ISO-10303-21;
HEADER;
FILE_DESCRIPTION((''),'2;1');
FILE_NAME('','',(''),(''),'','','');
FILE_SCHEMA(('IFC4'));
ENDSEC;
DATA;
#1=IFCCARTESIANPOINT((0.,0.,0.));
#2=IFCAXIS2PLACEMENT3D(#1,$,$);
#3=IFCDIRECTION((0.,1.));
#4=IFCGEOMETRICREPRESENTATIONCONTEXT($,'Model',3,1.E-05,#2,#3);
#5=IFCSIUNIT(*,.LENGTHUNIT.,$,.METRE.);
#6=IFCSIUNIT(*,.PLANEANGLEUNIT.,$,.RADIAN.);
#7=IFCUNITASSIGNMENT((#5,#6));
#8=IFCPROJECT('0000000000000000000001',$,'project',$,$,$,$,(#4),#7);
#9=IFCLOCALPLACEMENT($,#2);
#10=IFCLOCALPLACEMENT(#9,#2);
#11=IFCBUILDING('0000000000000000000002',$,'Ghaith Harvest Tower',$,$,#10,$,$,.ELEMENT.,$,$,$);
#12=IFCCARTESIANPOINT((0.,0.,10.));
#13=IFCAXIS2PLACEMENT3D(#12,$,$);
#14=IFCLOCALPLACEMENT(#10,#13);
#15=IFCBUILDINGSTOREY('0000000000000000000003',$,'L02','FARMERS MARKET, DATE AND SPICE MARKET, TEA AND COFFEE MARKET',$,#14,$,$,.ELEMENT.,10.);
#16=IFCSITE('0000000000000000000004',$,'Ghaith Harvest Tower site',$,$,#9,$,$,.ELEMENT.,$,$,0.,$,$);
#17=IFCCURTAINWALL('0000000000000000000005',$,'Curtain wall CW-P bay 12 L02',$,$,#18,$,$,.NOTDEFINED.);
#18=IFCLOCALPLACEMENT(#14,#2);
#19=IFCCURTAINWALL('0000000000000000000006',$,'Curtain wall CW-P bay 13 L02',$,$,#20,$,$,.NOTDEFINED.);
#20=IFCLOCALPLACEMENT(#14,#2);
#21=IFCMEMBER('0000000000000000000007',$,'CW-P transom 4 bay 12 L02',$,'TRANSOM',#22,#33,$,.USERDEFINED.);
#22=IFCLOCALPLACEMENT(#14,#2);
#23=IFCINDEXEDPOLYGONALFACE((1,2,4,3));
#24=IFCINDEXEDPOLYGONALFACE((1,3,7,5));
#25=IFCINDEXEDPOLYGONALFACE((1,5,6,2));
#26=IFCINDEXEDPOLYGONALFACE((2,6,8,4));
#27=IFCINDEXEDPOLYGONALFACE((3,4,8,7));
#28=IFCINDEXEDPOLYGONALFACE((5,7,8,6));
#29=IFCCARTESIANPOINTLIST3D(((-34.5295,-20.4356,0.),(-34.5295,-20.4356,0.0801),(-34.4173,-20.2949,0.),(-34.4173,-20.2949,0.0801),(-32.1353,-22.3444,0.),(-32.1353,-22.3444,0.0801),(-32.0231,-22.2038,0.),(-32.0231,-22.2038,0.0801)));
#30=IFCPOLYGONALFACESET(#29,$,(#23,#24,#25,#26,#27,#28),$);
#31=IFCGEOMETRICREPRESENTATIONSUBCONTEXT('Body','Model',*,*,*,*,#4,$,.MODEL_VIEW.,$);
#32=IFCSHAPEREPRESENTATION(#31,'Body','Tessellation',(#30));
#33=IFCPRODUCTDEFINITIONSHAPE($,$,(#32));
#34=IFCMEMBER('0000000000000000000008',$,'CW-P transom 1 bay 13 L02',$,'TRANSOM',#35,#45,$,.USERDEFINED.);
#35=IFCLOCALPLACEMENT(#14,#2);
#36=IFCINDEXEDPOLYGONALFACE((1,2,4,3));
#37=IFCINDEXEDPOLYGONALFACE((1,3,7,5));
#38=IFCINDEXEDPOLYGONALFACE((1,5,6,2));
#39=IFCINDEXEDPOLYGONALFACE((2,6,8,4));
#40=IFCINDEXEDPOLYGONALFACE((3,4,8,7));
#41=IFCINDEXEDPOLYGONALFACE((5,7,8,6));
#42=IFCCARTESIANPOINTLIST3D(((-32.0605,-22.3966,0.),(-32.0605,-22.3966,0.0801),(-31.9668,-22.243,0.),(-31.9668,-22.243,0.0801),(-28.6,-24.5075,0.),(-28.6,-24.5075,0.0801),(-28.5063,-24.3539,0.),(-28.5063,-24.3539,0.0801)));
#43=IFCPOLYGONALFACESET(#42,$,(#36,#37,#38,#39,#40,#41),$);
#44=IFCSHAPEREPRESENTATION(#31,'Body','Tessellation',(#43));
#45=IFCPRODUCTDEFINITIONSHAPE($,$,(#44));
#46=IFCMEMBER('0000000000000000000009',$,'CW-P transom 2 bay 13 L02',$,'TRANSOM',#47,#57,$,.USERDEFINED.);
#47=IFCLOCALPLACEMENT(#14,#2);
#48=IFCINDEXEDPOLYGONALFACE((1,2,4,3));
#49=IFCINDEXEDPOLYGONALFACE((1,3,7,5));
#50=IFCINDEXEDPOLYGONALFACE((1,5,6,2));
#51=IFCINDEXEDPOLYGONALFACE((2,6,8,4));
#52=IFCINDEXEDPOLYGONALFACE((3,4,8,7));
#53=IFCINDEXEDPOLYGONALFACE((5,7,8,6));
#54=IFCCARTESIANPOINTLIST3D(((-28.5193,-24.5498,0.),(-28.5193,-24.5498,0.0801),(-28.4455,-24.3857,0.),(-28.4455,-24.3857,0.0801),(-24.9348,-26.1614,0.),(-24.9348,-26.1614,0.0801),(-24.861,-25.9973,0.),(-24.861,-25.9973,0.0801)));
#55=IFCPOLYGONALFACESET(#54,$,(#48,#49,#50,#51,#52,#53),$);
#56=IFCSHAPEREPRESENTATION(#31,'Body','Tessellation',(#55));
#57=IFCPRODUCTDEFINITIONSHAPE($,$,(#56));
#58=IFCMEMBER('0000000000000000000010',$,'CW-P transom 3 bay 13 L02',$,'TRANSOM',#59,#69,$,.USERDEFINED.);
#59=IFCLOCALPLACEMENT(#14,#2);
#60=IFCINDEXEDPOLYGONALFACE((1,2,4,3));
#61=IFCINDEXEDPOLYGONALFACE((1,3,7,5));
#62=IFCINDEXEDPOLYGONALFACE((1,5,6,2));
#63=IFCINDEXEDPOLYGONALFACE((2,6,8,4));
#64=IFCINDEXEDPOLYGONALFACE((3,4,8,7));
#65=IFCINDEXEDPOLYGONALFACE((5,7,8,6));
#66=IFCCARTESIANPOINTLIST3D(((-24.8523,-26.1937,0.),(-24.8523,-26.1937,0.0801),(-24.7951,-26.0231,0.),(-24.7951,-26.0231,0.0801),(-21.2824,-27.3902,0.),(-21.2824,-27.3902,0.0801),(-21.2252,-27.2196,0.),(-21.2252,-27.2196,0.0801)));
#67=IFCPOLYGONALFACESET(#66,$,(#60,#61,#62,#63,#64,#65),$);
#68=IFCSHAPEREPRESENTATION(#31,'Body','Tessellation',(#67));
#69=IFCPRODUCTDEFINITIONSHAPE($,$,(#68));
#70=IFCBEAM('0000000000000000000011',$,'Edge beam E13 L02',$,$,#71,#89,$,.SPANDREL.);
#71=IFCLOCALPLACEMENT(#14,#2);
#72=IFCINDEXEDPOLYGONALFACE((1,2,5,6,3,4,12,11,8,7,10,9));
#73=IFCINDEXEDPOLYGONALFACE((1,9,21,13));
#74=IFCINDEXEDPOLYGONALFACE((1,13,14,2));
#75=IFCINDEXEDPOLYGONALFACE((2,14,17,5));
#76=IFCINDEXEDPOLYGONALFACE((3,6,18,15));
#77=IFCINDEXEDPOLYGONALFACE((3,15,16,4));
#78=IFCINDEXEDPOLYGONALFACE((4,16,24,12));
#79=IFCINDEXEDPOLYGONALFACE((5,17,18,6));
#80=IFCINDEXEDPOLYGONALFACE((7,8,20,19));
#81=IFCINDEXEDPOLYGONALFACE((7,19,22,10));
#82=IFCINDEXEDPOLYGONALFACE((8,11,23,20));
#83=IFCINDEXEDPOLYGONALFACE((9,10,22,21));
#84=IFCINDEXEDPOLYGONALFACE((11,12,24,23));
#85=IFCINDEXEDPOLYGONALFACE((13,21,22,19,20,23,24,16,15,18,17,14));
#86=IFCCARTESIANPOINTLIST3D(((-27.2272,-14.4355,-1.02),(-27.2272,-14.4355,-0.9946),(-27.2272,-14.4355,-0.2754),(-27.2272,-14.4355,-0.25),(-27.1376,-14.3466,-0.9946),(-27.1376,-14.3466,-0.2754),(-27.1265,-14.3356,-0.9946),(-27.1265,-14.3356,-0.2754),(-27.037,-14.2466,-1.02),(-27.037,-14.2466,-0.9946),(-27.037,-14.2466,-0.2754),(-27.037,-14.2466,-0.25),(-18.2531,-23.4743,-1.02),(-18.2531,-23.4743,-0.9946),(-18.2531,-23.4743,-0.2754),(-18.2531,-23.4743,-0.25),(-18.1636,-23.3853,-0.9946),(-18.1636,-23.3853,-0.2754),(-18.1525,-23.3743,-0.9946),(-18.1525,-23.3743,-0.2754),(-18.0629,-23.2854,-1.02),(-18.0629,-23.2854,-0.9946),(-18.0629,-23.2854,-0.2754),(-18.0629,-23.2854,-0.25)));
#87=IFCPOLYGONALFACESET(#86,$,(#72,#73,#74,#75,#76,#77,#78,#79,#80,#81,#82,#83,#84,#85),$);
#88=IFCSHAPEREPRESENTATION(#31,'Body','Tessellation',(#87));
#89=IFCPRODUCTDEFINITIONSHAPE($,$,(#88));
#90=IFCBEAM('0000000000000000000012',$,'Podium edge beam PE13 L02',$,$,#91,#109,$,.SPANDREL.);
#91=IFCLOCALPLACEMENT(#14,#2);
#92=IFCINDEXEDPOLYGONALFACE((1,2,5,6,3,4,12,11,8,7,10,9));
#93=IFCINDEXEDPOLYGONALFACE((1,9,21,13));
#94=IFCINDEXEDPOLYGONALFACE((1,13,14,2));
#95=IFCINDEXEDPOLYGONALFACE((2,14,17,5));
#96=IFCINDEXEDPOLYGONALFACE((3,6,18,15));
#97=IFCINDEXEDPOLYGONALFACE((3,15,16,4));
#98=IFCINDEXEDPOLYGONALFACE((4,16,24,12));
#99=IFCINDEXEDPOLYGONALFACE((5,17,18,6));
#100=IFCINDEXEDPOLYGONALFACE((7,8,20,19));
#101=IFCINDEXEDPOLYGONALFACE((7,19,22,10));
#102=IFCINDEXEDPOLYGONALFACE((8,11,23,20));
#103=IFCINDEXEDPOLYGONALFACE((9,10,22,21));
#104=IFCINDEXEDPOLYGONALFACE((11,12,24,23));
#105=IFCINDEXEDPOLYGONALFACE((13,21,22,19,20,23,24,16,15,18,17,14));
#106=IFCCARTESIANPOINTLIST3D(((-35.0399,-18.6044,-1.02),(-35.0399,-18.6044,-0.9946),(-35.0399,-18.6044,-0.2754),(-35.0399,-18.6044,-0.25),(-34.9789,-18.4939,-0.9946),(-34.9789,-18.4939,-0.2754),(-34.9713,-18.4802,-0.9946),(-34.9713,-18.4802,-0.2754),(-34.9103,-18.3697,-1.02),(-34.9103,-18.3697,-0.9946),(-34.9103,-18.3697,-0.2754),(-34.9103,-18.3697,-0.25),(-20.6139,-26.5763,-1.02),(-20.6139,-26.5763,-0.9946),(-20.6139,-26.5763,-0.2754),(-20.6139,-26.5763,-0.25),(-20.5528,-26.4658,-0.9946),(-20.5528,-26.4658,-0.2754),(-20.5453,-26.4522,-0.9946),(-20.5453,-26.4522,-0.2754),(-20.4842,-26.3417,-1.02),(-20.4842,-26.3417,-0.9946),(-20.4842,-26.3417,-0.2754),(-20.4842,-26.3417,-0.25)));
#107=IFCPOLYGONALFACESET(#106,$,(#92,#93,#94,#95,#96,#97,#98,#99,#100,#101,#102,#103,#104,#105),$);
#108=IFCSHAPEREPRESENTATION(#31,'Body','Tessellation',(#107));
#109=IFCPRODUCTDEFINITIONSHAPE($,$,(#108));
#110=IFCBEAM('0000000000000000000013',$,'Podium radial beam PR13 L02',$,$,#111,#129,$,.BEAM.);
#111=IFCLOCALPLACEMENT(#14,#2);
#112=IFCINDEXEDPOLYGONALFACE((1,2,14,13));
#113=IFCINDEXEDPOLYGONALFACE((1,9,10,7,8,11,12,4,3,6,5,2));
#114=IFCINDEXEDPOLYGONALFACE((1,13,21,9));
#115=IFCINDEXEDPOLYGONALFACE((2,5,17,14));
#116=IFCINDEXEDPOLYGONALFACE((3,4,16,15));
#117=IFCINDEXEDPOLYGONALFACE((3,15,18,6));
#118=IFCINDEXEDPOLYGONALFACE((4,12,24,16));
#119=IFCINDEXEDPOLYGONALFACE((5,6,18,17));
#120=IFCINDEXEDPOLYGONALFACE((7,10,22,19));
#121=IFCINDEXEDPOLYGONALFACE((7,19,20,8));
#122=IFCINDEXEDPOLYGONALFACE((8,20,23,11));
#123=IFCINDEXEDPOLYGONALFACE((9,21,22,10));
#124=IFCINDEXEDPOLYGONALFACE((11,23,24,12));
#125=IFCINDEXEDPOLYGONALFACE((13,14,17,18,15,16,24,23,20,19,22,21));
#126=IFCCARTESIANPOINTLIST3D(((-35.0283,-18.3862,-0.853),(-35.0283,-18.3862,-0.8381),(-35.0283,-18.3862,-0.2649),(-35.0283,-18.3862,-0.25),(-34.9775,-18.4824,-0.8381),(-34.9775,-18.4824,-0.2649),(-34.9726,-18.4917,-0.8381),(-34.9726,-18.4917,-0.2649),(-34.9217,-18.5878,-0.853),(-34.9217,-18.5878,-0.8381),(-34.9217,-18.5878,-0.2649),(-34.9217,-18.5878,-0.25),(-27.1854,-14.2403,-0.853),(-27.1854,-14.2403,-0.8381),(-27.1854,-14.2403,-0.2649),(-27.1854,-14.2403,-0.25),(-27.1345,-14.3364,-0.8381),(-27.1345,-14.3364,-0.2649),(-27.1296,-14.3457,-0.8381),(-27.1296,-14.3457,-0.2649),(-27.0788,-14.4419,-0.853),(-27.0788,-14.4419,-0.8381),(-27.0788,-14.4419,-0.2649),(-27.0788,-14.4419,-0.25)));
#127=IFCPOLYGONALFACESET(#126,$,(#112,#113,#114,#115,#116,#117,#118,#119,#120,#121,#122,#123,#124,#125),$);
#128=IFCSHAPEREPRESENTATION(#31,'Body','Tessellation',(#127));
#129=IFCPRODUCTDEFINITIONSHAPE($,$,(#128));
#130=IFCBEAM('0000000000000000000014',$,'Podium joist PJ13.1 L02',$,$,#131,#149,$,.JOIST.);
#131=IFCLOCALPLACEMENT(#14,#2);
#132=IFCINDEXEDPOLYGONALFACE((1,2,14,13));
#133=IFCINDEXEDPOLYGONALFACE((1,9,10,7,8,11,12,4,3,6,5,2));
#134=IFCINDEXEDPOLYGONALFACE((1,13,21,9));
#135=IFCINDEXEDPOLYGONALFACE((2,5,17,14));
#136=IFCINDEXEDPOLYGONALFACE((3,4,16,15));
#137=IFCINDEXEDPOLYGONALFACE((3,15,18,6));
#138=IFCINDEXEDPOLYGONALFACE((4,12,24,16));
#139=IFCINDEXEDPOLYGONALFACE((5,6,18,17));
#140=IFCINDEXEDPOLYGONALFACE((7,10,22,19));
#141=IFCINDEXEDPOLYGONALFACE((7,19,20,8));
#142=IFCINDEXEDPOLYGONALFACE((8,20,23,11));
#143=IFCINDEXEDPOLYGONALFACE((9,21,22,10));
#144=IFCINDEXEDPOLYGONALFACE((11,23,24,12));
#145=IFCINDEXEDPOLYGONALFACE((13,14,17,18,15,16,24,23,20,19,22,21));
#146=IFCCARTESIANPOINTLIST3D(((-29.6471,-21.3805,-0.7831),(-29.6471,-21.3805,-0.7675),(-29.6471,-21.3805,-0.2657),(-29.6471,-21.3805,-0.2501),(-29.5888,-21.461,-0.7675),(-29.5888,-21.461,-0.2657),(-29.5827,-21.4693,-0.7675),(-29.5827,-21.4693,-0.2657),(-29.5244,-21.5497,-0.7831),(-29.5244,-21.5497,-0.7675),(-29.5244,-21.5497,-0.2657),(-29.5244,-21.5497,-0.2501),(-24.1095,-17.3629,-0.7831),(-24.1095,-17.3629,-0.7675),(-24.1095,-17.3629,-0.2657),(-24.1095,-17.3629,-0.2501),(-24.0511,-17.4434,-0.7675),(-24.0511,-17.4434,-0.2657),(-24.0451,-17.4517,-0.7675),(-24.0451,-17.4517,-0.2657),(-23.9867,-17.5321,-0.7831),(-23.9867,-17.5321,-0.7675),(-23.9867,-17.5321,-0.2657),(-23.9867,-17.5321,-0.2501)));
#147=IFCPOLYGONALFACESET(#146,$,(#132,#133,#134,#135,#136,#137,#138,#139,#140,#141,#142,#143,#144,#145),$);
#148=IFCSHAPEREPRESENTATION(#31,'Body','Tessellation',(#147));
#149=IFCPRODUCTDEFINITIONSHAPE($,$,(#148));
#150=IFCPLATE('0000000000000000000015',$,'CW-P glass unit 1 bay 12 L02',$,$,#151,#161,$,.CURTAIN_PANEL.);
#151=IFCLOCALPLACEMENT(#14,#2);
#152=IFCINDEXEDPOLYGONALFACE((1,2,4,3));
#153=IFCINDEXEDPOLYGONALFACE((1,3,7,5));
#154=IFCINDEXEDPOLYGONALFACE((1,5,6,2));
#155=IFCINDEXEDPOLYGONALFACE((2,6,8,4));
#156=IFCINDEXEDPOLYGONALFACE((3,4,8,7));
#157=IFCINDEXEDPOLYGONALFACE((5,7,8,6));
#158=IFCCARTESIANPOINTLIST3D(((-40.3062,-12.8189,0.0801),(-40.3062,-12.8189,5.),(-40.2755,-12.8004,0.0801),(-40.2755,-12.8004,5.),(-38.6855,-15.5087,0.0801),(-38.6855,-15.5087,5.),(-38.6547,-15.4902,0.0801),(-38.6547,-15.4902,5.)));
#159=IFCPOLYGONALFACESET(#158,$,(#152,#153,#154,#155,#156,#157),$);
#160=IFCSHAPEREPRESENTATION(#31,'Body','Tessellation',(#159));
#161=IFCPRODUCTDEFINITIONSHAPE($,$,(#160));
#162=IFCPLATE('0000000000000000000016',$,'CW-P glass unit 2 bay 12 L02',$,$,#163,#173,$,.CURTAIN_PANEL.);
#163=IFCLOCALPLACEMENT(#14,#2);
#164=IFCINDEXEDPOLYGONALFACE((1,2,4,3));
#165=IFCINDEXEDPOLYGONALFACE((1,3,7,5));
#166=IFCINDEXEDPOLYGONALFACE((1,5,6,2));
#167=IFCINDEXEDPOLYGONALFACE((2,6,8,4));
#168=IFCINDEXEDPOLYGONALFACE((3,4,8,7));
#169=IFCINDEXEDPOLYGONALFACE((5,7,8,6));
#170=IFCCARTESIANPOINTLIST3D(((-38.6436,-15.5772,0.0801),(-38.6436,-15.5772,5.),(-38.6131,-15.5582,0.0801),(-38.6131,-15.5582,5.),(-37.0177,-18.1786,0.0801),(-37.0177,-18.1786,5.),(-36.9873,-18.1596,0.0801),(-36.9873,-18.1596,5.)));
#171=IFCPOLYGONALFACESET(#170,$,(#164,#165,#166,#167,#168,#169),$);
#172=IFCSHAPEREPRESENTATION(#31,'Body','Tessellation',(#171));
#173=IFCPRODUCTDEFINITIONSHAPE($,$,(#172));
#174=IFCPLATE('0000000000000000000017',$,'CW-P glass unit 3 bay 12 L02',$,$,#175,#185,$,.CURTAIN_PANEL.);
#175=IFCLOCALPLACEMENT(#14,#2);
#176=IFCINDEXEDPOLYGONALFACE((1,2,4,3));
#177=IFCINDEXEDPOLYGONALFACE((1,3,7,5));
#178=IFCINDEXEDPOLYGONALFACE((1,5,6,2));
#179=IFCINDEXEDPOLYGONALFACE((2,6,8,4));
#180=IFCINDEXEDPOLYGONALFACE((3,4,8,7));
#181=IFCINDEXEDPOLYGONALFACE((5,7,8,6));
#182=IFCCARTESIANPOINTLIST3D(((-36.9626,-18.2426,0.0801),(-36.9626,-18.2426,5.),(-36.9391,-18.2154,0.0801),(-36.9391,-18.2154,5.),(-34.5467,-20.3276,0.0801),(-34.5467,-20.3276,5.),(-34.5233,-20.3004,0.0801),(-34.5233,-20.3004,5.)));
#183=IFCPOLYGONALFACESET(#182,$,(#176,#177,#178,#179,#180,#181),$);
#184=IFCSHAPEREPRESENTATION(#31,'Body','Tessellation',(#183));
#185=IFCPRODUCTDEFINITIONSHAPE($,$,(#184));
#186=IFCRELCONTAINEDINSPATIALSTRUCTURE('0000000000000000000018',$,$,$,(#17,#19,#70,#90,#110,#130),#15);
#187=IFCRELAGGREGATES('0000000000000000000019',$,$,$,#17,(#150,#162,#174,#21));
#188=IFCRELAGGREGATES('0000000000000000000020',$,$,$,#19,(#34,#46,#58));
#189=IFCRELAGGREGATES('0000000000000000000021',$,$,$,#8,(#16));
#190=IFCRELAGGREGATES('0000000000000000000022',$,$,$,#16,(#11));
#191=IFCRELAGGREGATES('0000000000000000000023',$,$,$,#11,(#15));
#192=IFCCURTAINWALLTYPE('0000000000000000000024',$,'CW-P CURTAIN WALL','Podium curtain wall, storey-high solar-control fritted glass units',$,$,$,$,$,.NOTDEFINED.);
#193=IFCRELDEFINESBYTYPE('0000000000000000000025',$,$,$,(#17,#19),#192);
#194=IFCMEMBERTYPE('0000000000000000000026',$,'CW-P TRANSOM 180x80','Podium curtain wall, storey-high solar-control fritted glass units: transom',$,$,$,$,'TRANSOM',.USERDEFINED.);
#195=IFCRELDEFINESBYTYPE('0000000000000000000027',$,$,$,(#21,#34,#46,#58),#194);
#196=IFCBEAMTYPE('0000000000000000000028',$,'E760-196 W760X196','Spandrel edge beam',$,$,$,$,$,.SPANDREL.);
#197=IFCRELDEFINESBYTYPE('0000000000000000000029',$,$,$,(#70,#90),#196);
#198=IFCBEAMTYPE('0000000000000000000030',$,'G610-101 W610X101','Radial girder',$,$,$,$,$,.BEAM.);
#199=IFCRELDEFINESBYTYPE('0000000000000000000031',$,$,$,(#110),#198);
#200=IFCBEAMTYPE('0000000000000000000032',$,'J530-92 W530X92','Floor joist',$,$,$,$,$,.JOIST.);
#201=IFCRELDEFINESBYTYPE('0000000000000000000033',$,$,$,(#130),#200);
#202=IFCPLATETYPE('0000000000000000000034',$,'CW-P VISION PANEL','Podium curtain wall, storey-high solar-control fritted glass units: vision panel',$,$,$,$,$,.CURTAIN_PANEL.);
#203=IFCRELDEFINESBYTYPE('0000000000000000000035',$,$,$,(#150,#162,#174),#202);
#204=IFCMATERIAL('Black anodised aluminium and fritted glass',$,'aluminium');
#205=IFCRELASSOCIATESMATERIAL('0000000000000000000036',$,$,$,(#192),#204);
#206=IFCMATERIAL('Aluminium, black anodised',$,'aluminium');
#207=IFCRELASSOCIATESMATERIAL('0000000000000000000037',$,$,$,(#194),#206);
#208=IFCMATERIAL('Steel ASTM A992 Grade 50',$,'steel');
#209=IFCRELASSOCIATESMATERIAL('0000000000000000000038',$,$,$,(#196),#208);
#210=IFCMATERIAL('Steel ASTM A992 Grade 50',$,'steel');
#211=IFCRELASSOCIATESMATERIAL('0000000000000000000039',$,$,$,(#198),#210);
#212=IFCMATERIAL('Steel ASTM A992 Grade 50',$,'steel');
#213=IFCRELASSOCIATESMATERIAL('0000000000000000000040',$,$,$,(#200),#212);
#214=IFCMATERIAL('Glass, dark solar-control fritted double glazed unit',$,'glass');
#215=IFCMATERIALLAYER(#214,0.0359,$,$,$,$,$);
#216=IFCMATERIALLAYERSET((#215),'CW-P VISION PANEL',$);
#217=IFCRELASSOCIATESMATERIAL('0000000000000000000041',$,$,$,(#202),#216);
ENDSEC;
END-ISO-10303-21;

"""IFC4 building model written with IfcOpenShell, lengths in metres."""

from ifc_helpers import new_model, si_unit, direction, frame, origin, origin_2d, place, context, subcontext, project, spatial, rectangle, i_section, extrude, material, layer, layer_set, material_profile, profile_set, type_object, element, aggregate, save


model = new_model("IFC4")

# Units and contexts
model_context = context("Model", 3, precision=1e-05, world=origin(), true_north=direction((0.0, 1.0)))
body_context = subcontext(model_context, "Body", "Model", "MODEL_VIEW")
ifc_project = project(units=[si_unit("LENGTHUNIT", "METRE"), si_unit("PLANEANGLEUNIT", "RADIAN")], contexts=[model_context])

# Site, building, storey
site_placement = place(None, origin())
site = spatial("IfcSite", under=ifc_project, at=site_placement, Name="Ghaith Harvest Tower site", CompositionType="ELEMENT", RefElevation=0.0)
building_placement = place(site_placement, origin())
building = spatial("IfcBuilding", under=site, at=building_placement, Name="Ghaith Harvest Tower", CompositionType="ELEMENT")
storey_placement = place(building_placement, frame((0.0, 0.0, 10.0)))
storey = spatial("IfcBuildingStorey", under=building, at=storey_placement, Name="L02", Description="FARMERS MARKET, DATE AND SPICE MARKET, TEA AND COFFEE MARKET", CompositionType="ELEMENT", Elevation=10.0)

# Curtain walls
ifc_material_1 = material(Name="Black anodised aluminium and fritted glass", Category="aluminium")
curtain_wall_type = type_object("IfcCurtainWallType", Name="CW-P CURTAIN WALL", Description="Podium curtain wall, storey-high solar-control fritted glass units", PredefinedType="NOTDEFINED", material=ifc_material_1)
curtain_wall_1_placement = place(storey_placement, origin())
curtain_wall_1 = element("IfcCurtainWall", 1, at=curtain_wall_1_placement, inside=storey, type_object=curtain_wall_type, Name="Curtain wall CW-P bay 12 L02", PredefinedType="NOTDEFINED")
curtain_wall_2_placement = place(storey_placement, origin())
curtain_wall_2 = element("IfcCurtainWall", 2, at=curtain_wall_2_placement, inside=storey, type_object=curtain_wall_type, Name="Curtain wall CW-P bay 13 L02", PredefinedType="NOTDEFINED")

# Members
ifc_material_2 = material(Name="Aluminium, black anodised", Category="aluminium")
ifc_material_profile_1 = material_profile(ifc_material_2, rectangle(XDim=0.1799, YDim=0.0801, at=origin_2d()), Name="CW-P TRANSOM 180x80")
ifc_profile_set_1 = profile_set([ifc_material_profile_1], Name="Aluminium, black anodised")
member_type_1 = type_object("IfcMemberType", Name="CW-P TRANSOM 180x80", Description="Podium curtain wall, storey-high solar-control fritted glass units: transom", ElementType="TRANSOM", PredefinedType="USERDEFINED", material=ifc_profile_set_1)
member_1_placement = place(storey_placement, frame((-34.4734, -20.3652, 0.04), z_axis=(0.781902, -0.623401, 0.0), x_axis=(0.623401, 0.781902, 0.0)))
member_1 = element("IfcMember", 3, at=member_1_placement, type_object=member_type_1, Name="CW-P transom 4 bay 12 L02", ObjectType="TRANSOM", PredefinedType="USERDEFINED", context=body_context, shape_type="SweptSolid", body=[
    extrude(rectangle(XDim=0.1799, YDim=0.0801, at=origin_2d()), origin(), (0.0, 0.0, 1.0), 3.062),
])
member_2_placement = place(storey_placement, frame((-32.0137, -22.3198, 0.04), z_axis=(0.853707, -0.520753, 0.0), x_axis=(0.520753, 0.853707, 0.0)))
member_2 = element("IfcMember", 4, at=member_2_placement, type_object=member_type_1, Name="CW-P transom 1 bay 13 L02", ObjectType="TRANSOM", PredefinedType="USERDEFINED", context=body_context, shape_type="SweptSolid", body=[
    extrude(rectangle(XDim=0.1799, YDim=0.0801, at=origin_2d()), origin(), (0.0, 0.0, 1.0), 4.0535),
])
member_3_placement = place(storey_placement, frame((-28.4824, -24.4678, 0.04), z_axis=(0.912059, -0.41006, 0.0), x_axis=(0.41006, 0.912059, 0.0)))
member_3 = element("IfcMember", 5, at=member_3_placement, type_object=member_type_1, Name="CW-P transom 2 bay 13 L02", ObjectType="TRANSOM", PredefinedType="USERDEFINED", context=body_context, shape_type="SweptSolid", body=[
    extrude(rectangle(XDim=0.1799, YDim=0.0801, at=origin_2d()), origin(), (0.0, 0.0, 1.0), 3.9302),
])
member_4_placement = place(storey_placement, frame((-24.8237, -26.1084, 0.04), z_axis=(0.948163, -0.317784, 0.0), x_axis=(0.317784, 0.948163, 0.0)))
member_4 = element("IfcMember", 6, at=member_4_placement, type_object=member_type_1, Name="CW-P transom 3 bay 13 L02", ObjectType="TRANSOM", PredefinedType="USERDEFINED", context=body_context, shape_type="SweptSolid", body=[
    extrude(rectangle(XDim=0.1799, YDim=0.0801, at=origin_2d()), origin(), (0.0, 0.0, 1.0), 3.7651),
])

# Beams
ifc_material_3 = material(Name="Steel ASTM A992 Grade 50", Category="steel")
ifc_material_profile_2 = material_profile(ifc_material_3, i_section(OverallWidth=0.2681, OverallDepth=0.77, WebThickness=0.0156, FlangeThickness=0.0254, at=origin_2d()), Name="W760X196")
ifc_profile_set_2 = profile_set([ifc_material_profile_2], Name="Steel ASTM A992 Grade 50")
beam_type_1 = type_object("IfcBeamType", Name="E760-196 W760X196", Description="Spandrel edge beam", PredefinedType="SPANDREL", material=ifc_profile_set_2)
beam_1_placement = place(storey_placement, frame((-27.1321, -14.3411, -0.635), z_axis=(0.704563, -0.709642, 0.0), x_axis=(0.709642, 0.704563, 0.0)))
element("IfcBeam", 7, at=beam_1_placement, inside=storey, type_object=beam_type_1, Name="Edge beam E13 L02", PredefinedType="SPANDREL", context=body_context, shape_type="SweptSolid", body=[
    extrude(i_section(OverallWidth=0.2681, OverallDepth=0.77, WebThickness=0.0156, FlangeThickness=0.0254, at=origin_2d()), origin(), (0.0, 0.0, 1.0), 12.7371),
])
beam_2_placement = place(storey_placement, frame((-34.9751, -18.4871, -0.635), z_axis=(0.875251, -0.48367, 0.0), x_axis=(0.48367, 0.875251, 0.0)))
element("IfcBeam", 8, at=beam_2_placement, inside=storey, type_object=beam_type_1, Name="Podium edge beam PE13 L02", PredefinedType="SPANDREL", context=body_context, shape_type="SweptSolid", body=[
    extrude(i_section(OverallWidth=0.2681, OverallDepth=0.77, WebThickness=0.0156, FlangeThickness=0.0254, at=origin_2d()), origin(), (0.0, 0.0, 1.0), 16.4822),
])
ifc_material_4 = material(Name="Steel ASTM A992 Grade 50", Category="steel")
ifc_material_profile_3 = material_profile(ifc_material_4, i_section(OverallWidth=0.228, OverallDepth=0.603, WebThickness=0.0105, FlangeThickness=0.0149, at=origin_2d()), Name="W610X101")
ifc_profile_set_3 = profile_set([ifc_material_profile_3], Name="Steel ASTM A992 Grade 50")
beam_type_2 = type_object("IfcBeamType", Name="G610-101 W610X101", Description="Radial girder", PredefinedType="BEAM", material=ifc_profile_set_3)
beam_3_placement = place(storey_placement, frame((-27.1321, -14.3411, -0.5515), z_axis=(-0.884076, -0.467343, 0.0), x_axis=(0.467343, -0.884076, 0.0)))
element("IfcBeam", 9, at=beam_3_placement, inside=storey, type_object=beam_type_2, Name="Podium radial beam PR13 L02", PredefinedType="BEAM", context=body_context, shape_type="SweptSolid", body=[
    extrude(i_section(OverallWidth=0.228, OverallDepth=0.603, WebThickness=0.0105, FlangeThickness=0.0149, at=origin_2d()), origin(), (0.0, 0.0, 1.0), 8.8713),
])
ifc_material_5 = material(Name="Steel ASTM A992 Grade 50", Category="steel")
ifc_material_profile_4 = material_profile(ifc_material_5, i_section(OverallWidth=0.209, OverallDepth=0.533, WebThickness=0.0103, FlangeThickness=0.0156, at=origin_2d()), Name="W530X92")
ifc_profile_set_4 = profile_set([ifc_material_profile_4], Name="Steel ASTM A992 Grade 50")
beam_type_3 = type_object("IfcBeamType", Name="J530-92 W530X92", Description="Floor joist", PredefinedType="JOIST", material=ifc_profile_set_4)
beam_4_placement = place(storey_placement, frame((-24.0481, -17.4475, -0.5166), z_axis=(-0.809415, -0.587238, 0.0), x_axis=(0.587238, -0.809415, 0.0)))
element("IfcBeam", 10, at=beam_4_placement, inside=storey, type_object=beam_type_3, Name="Podium joist PJ13.1 L02", PredefinedType="JOIST", context=body_context, shape_type="SweptSolid", body=[
    extrude(i_section(OverallWidth=0.209, OverallDepth=0.533, WebThickness=0.0103, FlangeThickness=0.0156, at=origin_2d()), origin(), (0.0, 0.0, 1.0), 6.8416),
])

# Plates
ifc_material_6 = material(Name="Glass, dark solar-control fritted double glazed unit", Category="glass")
ifc_layer_1 = layer(ifc_material_6, 0.0359)
ifc_layer_set_1 = layer_set([ifc_layer_1], Name="CW-P VISION PANEL")
plate_type_1 = type_object("IfcPlateType", Name="CW-P VISION PANEL", Description="Podium curtain wall, storey-high solar-control fritted glass units: vision panel", PredefinedType="CURTAIN_PANEL", material=ifc_layer_set_1)
plate_1_placement = place(storey_placement, frame((-39.4805, -14.1545, 0.0801), z_axis=(0.0, 0.0, 1.0), x_axis=(0.516091, -0.856534, 0.0)))
plate_1 = element("IfcPlate", 11, at=plate_1_placement, type_object=plate_type_1, Name="CW-P glass unit 1 bay 12 L02", PredefinedType="CURTAIN_PANEL", context=body_context, shape_type="SweptSolid", body=[
    extrude(rectangle(XDim=3.1404, YDim=0.0359, at=origin_2d()), origin(), (0.0, 0.0, 1.0), 4.9199),
])
plate_2_placement = place(storey_placement, frame((-37.8154, -16.8684, 0.0801), z_axis=(0.0, 0.0, 1.0), x_axis=(0.530001, -0.847997, 0.0)))
plate_2 = element("IfcPlate", 12, at=plate_2_placement, type_object=plate_type_1, Name="CW-P glass unit 2 bay 12 L02", PredefinedType="CURTAIN_PANEL", context=body_context, shape_type="SweptSolid", body=[
    extrude(rectangle(XDim=3.0676, YDim=0.0359, at=origin_2d()), origin(), (0.0, 0.0, 1.0), 4.9199),
])
plate_3_placement = place(storey_placement, frame((-35.7429, -19.2715, 0.0801), z_axis=(0.0, 0.0, 1.0), x_axis=(0.757046, -0.653362, 0.0)))
plate_3 = element("IfcPlate", 13, at=plate_3_placement, type_object=plate_type_1, Name="CW-P glass unit 3 bay 12 L02", PredefinedType="CURTAIN_PANEL", context=body_context, shape_type="SweptSolid", body=[
    extrude(rectangle(XDim=3.1912, YDim=0.0359, at=origin_2d()), origin(), (0.0, 0.0, 1.0), 4.9199),
])
aggregate(curtain_wall_1, [plate_1, plate_2, plate_3, member_1])
aggregate(curtain_wall_2, [member_2, member_3, member_4])

save(model, "model.ifc")
